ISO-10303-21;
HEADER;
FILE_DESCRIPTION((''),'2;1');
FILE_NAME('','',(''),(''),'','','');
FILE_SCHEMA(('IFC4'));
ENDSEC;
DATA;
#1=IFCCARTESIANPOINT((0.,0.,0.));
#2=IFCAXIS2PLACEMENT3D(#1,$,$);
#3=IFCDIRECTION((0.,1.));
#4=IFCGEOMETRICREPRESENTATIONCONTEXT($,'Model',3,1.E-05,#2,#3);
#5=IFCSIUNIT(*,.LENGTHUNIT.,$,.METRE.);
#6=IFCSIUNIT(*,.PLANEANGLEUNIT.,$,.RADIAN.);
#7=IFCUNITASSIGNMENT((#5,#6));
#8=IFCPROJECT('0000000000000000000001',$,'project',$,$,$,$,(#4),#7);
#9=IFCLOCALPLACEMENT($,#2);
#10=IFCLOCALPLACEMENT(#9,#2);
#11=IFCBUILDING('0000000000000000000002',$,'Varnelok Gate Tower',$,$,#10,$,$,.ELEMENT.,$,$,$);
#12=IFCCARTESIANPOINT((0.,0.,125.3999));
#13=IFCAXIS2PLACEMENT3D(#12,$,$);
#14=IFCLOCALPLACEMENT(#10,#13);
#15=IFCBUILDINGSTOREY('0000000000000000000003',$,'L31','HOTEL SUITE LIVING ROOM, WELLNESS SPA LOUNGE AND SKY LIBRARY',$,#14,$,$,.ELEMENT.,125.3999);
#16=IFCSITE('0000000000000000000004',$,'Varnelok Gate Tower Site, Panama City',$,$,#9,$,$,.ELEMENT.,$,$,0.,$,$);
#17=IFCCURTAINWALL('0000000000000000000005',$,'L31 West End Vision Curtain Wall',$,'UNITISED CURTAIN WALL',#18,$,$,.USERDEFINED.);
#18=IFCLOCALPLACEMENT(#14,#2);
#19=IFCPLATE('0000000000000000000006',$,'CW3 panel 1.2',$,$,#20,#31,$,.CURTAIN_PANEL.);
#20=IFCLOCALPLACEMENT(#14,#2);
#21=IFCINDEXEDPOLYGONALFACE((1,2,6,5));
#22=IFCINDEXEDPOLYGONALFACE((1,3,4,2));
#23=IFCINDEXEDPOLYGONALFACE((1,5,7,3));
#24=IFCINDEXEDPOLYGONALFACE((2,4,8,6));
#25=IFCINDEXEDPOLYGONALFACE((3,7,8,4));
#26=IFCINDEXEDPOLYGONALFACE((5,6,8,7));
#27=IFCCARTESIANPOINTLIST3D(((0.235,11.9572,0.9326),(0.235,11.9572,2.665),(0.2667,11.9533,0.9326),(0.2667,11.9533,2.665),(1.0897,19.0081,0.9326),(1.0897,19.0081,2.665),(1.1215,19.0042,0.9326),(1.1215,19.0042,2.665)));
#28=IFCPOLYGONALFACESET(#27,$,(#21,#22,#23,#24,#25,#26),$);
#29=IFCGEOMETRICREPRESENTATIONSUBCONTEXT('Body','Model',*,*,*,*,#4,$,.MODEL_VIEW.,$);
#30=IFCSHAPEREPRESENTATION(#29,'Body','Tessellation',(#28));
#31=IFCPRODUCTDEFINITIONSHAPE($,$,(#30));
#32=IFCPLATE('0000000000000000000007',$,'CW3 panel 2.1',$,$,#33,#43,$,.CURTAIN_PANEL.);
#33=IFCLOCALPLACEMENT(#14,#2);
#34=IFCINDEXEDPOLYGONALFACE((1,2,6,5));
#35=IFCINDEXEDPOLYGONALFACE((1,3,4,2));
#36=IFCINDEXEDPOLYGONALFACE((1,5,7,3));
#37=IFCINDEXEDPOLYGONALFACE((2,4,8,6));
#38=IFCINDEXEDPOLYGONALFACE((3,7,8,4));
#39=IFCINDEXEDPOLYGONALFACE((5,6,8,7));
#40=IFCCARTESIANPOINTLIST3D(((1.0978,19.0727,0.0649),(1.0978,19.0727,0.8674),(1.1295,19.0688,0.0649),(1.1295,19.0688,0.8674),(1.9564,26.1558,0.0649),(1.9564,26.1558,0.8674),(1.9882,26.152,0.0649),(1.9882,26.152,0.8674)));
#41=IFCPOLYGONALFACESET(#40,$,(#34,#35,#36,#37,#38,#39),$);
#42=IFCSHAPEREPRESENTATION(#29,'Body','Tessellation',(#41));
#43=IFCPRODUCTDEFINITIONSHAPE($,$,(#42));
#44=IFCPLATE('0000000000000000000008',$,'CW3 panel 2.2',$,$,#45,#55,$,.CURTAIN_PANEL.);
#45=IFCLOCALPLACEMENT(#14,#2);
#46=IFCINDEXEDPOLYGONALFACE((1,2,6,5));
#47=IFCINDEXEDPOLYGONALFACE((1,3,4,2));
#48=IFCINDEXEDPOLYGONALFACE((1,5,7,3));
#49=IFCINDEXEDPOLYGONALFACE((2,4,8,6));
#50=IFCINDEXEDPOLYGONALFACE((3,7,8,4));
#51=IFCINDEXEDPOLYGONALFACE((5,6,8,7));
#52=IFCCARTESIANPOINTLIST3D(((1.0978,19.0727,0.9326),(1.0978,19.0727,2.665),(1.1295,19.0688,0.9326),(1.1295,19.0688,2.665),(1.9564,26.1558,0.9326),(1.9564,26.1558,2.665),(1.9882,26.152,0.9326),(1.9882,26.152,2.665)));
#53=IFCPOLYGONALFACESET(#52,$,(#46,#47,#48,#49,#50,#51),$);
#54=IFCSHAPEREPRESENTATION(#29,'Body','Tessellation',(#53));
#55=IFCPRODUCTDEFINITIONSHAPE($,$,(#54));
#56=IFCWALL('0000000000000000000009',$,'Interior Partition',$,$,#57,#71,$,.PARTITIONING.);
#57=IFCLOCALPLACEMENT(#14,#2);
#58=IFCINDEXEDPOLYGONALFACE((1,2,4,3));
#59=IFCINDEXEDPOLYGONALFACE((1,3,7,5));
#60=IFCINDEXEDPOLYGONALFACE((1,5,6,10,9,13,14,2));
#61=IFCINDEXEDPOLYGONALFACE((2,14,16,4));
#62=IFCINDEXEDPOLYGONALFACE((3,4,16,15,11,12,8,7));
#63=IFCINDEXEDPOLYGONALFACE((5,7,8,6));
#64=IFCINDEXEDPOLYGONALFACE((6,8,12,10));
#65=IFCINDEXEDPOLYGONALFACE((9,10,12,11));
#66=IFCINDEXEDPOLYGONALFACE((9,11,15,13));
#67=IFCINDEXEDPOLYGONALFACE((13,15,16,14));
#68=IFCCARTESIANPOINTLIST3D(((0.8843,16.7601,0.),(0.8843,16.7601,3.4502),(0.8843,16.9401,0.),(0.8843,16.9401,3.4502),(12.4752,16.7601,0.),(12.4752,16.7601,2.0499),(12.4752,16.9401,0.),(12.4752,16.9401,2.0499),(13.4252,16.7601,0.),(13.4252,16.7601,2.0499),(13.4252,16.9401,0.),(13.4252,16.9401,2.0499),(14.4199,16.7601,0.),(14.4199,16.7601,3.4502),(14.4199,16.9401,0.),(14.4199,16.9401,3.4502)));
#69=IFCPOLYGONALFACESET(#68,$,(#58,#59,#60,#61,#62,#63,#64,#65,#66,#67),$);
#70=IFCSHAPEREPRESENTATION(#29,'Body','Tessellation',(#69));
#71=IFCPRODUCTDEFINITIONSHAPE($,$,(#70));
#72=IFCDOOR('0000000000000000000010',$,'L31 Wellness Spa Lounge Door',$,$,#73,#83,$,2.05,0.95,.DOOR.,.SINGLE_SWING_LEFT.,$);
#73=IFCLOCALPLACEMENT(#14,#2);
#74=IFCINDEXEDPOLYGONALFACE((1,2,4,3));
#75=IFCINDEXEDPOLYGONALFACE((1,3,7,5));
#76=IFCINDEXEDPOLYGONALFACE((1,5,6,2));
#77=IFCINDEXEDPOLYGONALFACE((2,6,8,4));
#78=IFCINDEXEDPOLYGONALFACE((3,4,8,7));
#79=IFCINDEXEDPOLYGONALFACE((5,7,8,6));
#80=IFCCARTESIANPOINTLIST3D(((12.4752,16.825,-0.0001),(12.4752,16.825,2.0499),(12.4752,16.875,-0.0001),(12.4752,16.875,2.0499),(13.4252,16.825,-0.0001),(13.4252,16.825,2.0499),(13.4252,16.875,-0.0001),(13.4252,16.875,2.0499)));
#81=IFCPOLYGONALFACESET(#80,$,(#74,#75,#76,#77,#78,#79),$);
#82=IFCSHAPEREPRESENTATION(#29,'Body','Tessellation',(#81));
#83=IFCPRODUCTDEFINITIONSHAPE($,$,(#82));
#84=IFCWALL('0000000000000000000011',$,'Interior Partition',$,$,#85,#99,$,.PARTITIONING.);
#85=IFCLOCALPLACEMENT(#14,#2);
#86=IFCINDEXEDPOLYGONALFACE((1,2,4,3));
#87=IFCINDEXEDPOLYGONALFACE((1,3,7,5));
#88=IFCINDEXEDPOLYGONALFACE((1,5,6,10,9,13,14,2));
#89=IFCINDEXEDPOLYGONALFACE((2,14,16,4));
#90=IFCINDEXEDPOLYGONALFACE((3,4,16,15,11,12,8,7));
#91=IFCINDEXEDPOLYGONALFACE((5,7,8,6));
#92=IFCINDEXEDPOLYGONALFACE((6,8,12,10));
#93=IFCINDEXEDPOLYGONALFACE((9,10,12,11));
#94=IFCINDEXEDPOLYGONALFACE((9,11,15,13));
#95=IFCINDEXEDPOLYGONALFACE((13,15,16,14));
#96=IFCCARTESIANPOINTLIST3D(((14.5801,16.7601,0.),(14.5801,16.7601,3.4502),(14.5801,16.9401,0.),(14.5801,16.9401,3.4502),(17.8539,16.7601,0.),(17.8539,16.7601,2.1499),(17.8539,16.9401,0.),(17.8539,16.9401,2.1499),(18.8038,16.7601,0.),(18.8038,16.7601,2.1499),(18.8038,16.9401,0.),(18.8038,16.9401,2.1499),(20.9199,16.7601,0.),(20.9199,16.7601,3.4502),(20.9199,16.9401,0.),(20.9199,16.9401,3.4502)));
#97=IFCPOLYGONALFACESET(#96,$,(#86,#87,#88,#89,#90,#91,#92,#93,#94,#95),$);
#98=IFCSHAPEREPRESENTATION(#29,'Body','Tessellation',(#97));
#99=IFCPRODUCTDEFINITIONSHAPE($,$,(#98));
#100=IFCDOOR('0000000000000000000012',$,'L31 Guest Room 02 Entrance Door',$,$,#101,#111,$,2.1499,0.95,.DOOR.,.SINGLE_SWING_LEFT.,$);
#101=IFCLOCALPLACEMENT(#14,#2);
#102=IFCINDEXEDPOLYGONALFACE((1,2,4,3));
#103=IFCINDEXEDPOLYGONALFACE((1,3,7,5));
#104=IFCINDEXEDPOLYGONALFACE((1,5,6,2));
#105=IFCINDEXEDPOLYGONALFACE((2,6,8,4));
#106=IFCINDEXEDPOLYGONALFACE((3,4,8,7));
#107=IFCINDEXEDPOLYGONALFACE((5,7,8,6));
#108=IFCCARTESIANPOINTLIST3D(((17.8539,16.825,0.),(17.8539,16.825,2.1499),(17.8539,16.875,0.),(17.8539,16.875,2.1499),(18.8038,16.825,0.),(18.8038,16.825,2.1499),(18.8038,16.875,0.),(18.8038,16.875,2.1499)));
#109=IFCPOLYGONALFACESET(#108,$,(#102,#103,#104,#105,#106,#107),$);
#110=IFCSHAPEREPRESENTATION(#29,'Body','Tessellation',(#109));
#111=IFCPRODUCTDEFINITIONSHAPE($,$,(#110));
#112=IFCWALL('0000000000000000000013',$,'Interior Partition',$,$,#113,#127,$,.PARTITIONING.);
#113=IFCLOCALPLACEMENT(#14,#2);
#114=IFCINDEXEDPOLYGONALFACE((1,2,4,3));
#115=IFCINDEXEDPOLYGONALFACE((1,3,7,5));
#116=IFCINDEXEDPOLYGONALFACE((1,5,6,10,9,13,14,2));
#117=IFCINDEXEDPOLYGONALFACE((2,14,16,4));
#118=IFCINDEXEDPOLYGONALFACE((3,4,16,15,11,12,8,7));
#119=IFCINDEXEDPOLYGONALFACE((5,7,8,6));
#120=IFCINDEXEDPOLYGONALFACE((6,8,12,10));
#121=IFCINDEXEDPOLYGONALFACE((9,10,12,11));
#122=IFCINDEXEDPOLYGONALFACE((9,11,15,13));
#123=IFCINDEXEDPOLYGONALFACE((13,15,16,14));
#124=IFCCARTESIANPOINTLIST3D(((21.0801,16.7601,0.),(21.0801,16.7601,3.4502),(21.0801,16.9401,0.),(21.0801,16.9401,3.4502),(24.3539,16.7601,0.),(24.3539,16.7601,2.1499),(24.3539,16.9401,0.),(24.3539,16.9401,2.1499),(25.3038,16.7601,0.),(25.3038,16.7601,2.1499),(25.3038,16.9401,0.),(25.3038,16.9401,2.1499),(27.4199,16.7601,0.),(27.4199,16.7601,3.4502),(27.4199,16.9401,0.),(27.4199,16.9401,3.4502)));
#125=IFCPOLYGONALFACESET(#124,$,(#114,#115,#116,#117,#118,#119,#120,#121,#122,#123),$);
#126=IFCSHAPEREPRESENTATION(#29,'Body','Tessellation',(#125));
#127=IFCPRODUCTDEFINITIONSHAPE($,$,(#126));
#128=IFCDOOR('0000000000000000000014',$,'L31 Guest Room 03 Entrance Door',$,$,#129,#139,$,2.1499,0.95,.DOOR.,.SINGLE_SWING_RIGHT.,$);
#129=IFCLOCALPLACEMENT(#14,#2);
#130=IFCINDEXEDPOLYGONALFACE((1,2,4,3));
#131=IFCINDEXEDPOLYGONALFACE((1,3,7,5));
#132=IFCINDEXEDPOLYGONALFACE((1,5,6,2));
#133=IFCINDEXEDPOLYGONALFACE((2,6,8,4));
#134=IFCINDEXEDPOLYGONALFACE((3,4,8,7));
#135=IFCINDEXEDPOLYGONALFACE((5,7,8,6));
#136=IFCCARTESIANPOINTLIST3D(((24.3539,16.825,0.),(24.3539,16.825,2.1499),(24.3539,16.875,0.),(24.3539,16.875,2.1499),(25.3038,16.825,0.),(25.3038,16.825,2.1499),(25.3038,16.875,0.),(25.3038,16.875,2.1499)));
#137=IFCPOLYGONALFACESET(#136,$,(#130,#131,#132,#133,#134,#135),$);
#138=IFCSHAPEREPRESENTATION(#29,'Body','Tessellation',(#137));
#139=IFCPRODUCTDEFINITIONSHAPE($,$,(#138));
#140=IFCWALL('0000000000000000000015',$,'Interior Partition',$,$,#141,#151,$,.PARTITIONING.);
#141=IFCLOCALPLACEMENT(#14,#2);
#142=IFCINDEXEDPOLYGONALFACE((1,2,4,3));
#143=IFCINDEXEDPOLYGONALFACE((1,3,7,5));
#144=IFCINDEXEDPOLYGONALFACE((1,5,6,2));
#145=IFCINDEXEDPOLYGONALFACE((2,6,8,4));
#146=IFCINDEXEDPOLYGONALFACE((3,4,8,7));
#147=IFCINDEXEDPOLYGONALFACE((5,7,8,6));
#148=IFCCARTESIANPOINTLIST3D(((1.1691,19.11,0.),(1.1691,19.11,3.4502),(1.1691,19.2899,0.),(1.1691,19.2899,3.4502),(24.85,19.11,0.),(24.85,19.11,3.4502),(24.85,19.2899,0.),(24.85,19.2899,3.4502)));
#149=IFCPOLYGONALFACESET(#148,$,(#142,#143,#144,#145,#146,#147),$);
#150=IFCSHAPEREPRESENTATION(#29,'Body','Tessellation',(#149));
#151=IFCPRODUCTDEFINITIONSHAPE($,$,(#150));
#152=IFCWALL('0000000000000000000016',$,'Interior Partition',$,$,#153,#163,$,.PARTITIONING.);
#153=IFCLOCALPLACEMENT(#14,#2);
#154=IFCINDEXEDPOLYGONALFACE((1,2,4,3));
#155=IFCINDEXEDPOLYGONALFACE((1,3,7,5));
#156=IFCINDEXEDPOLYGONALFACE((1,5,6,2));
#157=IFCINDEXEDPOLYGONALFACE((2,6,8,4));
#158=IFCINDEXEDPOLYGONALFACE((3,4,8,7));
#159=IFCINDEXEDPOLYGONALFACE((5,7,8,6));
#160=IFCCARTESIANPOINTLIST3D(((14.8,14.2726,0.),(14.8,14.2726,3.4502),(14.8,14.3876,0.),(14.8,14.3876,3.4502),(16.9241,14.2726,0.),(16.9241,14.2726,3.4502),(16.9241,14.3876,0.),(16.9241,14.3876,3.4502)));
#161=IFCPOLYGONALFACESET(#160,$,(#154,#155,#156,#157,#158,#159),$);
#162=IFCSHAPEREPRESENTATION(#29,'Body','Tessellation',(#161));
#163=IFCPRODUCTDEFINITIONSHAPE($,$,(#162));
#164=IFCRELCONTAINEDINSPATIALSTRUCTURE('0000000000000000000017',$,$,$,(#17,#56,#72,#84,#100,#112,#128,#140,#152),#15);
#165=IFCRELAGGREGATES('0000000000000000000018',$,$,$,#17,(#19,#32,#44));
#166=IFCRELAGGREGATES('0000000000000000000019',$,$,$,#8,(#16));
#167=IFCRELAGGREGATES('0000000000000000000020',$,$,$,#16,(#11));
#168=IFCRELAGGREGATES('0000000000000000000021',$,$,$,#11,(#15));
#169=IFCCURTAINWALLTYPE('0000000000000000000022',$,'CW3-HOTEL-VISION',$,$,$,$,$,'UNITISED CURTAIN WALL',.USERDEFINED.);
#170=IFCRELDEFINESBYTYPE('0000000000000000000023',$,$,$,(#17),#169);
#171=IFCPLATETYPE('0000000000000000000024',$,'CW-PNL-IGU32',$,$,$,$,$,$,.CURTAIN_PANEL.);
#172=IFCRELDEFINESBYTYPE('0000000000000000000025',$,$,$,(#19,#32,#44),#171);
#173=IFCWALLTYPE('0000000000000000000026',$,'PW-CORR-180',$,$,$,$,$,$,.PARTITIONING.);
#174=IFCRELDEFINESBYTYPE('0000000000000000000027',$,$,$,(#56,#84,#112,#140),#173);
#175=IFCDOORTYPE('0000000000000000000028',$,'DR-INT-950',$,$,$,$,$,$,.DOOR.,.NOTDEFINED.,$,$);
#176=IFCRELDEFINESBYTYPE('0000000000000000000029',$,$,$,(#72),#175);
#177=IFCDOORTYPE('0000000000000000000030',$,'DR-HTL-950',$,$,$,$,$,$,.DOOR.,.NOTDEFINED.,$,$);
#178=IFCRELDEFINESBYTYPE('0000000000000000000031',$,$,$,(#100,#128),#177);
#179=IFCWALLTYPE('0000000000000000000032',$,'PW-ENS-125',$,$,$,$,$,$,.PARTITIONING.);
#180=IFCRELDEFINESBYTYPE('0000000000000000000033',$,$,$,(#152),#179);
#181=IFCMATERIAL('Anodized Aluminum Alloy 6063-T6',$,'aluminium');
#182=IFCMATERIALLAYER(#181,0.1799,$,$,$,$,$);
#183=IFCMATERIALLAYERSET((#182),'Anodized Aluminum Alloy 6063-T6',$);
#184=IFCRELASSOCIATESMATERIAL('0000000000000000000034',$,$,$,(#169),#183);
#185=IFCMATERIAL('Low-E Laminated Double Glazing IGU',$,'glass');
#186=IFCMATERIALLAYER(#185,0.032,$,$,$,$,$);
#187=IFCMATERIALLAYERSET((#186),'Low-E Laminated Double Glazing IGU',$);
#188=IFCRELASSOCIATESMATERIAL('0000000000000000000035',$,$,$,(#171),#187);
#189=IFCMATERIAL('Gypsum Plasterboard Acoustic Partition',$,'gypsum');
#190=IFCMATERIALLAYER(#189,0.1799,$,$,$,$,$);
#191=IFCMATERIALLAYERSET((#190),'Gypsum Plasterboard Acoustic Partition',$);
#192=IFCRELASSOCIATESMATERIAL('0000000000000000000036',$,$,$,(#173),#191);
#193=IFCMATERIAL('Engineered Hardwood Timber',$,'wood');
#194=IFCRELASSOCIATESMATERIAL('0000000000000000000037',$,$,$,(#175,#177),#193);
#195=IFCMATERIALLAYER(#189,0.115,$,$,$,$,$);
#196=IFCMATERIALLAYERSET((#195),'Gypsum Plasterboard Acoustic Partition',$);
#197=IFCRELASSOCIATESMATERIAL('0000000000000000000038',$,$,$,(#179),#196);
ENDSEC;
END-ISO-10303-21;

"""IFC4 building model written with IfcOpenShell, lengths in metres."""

from ifc_helpers import new_model, si_unit, direction, frame, frame_2d, origin, origin_2d, place, context, subcontext, project, spatial, rectangle, extrude, source, transform, mapped, material, layer, layer_set, type_object, element, fill, aggregate, save


model = new_model("IFC4")

# Units and contexts
model_context = context("Model", 3, precision=1e-05, world=origin(), true_north=direction((0.0, 1.0)))
body_context = subcontext(model_context, "Body", "Model", "MODEL_VIEW")
ifc_project = project(units=[si_unit("LENGTHUNIT", "METRE"), si_unit("PLANEANGLEUNIT", "RADIAN")], contexts=[model_context])

# Site, building, storey
site_placement = place(None, origin())
site = spatial("IfcSite", under=ifc_project, at=site_placement, Name="Varnelok Gate Tower Site, Panama City", CompositionType="ELEMENT", RefElevation=0.0)
building_placement = place(site_placement, origin())
building = spatial("IfcBuilding", under=site, at=building_placement, Name="Varnelok Gate Tower", CompositionType="ELEMENT")
storey_placement = place(building_placement, frame((0.0, 0.0, 125.3999)))
storey = spatial("IfcBuildingStorey", under=building, at=storey_placement, Name="L31", Description="HOTEL SUITE LIVING ROOM, WELLNESS SPA LOUNGE AND SKY LIBRARY", CompositionType="ELEMENT", Elevation=125.3999)

# Curtain wall, plates
ifc_material_1 = material(Name="Anodized Aluminum Alloy 6063-T6", Category="aluminium")
ifc_layer_1 = layer(ifc_material_1, 0.1799)
ifc_layer_set_1 = layer_set([ifc_layer_1], Name="Anodized Aluminum Alloy 6063-T6")
curtain_wall_type = type_object("IfcCurtainWallType", Name="CW3-HOTEL-VISION", ElementType="UNITISED CURTAIN WALL", PredefinedType="USERDEFINED", material=ifc_layer_set_1)
curtain_wall_placement = place(storey_placement, origin())
curtain_wall = element("IfcCurtainWall", 1, at=curtain_wall_placement, inside=storey, type_object=curtain_wall_type, Name="L31 West End Vision Curtain Wall", ObjectType="UNITISED CURTAIN WALL", PredefinedType="USERDEFINED")
ifc_material_2 = material(Name="Low-E Laminated Double Glazing IGU", Category="glass")
ifc_layer_2 = layer(ifc_material_2, 0.032)
ifc_layer_set_2 = layer_set([ifc_layer_2], Name="Low-E Laminated Double Glazing IGU")
plate_type = type_object("IfcPlateType", Name="CW-PNL-IGU32", PredefinedType="CURTAIN_PANEL", material=ifc_layer_set_2)
shared_shape_1 = source(origin(), body_context, "Body", "SweptSolid", [
    extrude(rectangle(XDim=7.1025, YDim=0.032, at=origin_2d()), origin(), (0.0, 0.0, 1.0), 1.7324),
])
plate_1_placement = place(storey_placement, frame((0.6782, 15.4807, 0.9326), z_axis=(0.0, 0.0, 1.0), x_axis=(0.120347, 0.992732, 0.0)))
plate_1 = element("IfcPlate", 2, at=plate_1_placement, type_object=plate_type, Name="CW3 panel 1.2", PredefinedType="CURTAIN_PANEL", context=body_context, shape_type="MappedRepresentation", body=[
    mapped(shared_shape_1, transform((0.0, 0.0, 0.0), scale=1.0)),
])
shared_shape_2 = source(origin(), body_context, "Body", "SweptSolid", [
    extrude(rectangle(XDim=7.135, YDim=0.032, at=origin_2d()), origin(), (0.0, 0.0, 1.0), 0.8025),
])
plate_2_placement = place(storey_placement, frame((1.543, 22.6123, 0.0649), z_axis=(0.0, 0.0, 1.0), x_axis=(0.120347, 0.992732, 0.0)))
plate_2 = element("IfcPlate", 3, at=plate_2_placement, type_object=plate_type, Name="CW3 panel 2.1", PredefinedType="CURTAIN_PANEL", context=body_context, shape_type="MappedRepresentation", body=[
    mapped(shared_shape_2, transform((0.0, 0.0, 0.0), scale=1.0)),
])
shared_shape_3 = source(origin(), body_context, "Body", "SweptSolid", [
    extrude(rectangle(XDim=7.135, YDim=0.032, at=origin_2d()), origin(), (0.0, 0.0, 1.0), 1.7324),
])
plate_3_placement = place(storey_placement, frame((1.543, 22.6123, 0.9326), z_axis=(0.0, 0.0, 1.0), x_axis=(0.120347, 0.992732, 0.0)))
plate_3 = element("IfcPlate", 4, at=plate_3_placement, type_object=plate_type, Name="CW3 panel 2.2", PredefinedType="CURTAIN_PANEL", context=body_context, shape_type="MappedRepresentation", body=[
    mapped(shared_shape_3, transform((0.0, 0.0, 0.0), scale=1.0)),
])
aggregate(curtain_wall, [plate_1, plate_2, plate_3])

# Walls, openings, doors
ifc_material_3 = material(Name="Gypsum Plasterboard Acoustic Partition", Category="gypsum")
ifc_layer_3 = layer(ifc_material_3, 0.1799)
ifc_layer_set_3 = layer_set([ifc_layer_3], Name="Gypsum Plasterboard Acoustic Partition")
wall_type_1 = type_object("IfcWallType", Name="PW-CORR-180", PredefinedType="PARTITIONING", material=ifc_layer_set_3)
wall_1_placement = place(storey_placement, frame((0.8843, 16.8501, 0.0), z_axis=(0.0, 0.0, 1.0), x_axis=(1.0, 0.0, 0.0)))
wall_1 = element("IfcWall", 5, at=wall_1_placement, inside=storey, type_object=wall_type_1, Name="Interior Partition", PredefinedType="PARTITIONING", context=body_context, shape_type="SweptSolid", body=[
    extrude(rectangle(XDim=13.5356, YDim=0.1799, at=frame_2d((6.7678, 0.0))), origin(), (0.0, 0.0, 1.0), 3.4502),
])
opening_1_placement = place(wall_1_placement, frame((11.5908, 0.0, 0.0)))
opening_1 = element("IfcOpeningElement", 6, at=opening_1_placement, cuts=wall_1, PredefinedType="OPENING", context=body_context, shape_type="SweptSolid", body=[
    extrude(rectangle(XDim=0.95, YDim=2.05, at=frame_2d((0.4751, 1.0249))), frame((0.0, 0.0999, 0.0), z_axis=(0.0, -1.0, 0.0), x_axis=(1.0, 0.0, 0.0)), (0.0, 0.0, 1.0), 0.2),
])
ifc_material_4 = material(Name="Engineered Hardwood Timber", Category="wood")
door_type_1 = type_object("IfcDoorType", Name="DR-INT-950", OperationType="NOTDEFINED", PredefinedType="DOOR", material=ifc_material_4)
door_1_placement = place(opening_1_placement, origin())
door_1 = element("IfcDoor", 7, at=door_1_placement, inside=storey, type_object=door_type_1, Name="L31 Wellness Spa Lounge Door", OperationType="SINGLE_SWING_LEFT", OverallHeight=2.05, OverallWidth=0.95, PredefinedType="DOOR", context=body_context, shape_type="SweptSolid", body=[
    extrude(rectangle(XDim=0.95, YDim=2.05, at=frame_2d((0.4751, 1.0249))), frame((0.0, 0.0249, 0.0), z_axis=(0.0, -1.0, 0.0), x_axis=(1.0, 0.0, 0.0)), (0.0, 0.0, 1.0), 0.05),
])
fill(opening_1, door_1)
wall_2_placement = place(storey_placement, frame((14.5801, 16.8501, 0.0), z_axis=(0.0, 0.0, 1.0), x_axis=(1.0, 0.0, 0.0)))
wall_2 = element("IfcWall", 8, at=wall_2_placement, inside=storey, type_object=wall_type_1, Name="Interior Partition", PredefinedType="PARTITIONING", context=body_context, shape_type="SweptSolid", body=[
    extrude(rectangle(XDim=6.3398, YDim=0.1799, at=frame_2d((3.1699, 0.0))), origin(), (0.0, 0.0, 1.0), 3.4502),
])
opening_2_placement = place(wall_2_placement, frame((3.2737, 0.0, 0.0)))
opening_2 = element("IfcOpeningElement", 9, at=opening_2_placement, cuts=wall_2, PredefinedType="OPENING", context=body_context, shape_type="SweptSolid", body=[
    extrude(rectangle(XDim=0.95, YDim=2.1499, at=frame_2d((0.4751, 1.075))), frame((0.0, 0.0999, 0.0), z_axis=(0.0, -1.0, 0.0), x_axis=(1.0, 0.0, 0.0)), (0.0, 0.0, 1.0), 0.2),
])
door_type_2 = type_object("IfcDoorType", Name="DR-HTL-950", OperationType="NOTDEFINED", PredefinedType="DOOR", material=ifc_material_4)
door_2_placement = place(opening_2_placement, origin())
door_2 = element("IfcDoor", 10, at=door_2_placement, inside=storey, type_object=door_type_2, Name="L31 Guest Room 02 Entrance Door", OperationType="SINGLE_SWING_LEFT", OverallHeight=2.1499, OverallWidth=0.95, PredefinedType="DOOR", context=body_context, shape_type="SweptSolid", body=[
    extrude(rectangle(XDim=0.95, YDim=2.1499, at=frame_2d((0.4751, 1.075))), frame((0.0, 0.0249, 0.0), z_axis=(0.0, -1.0, 0.0), x_axis=(1.0, 0.0, 0.0)), (0.0, 0.0, 1.0), 0.05),
])
fill(opening_2, door_2)
wall_3_placement = place(storey_placement, frame((21.0801, 16.8501, 0.0), z_axis=(0.0, 0.0, 1.0), x_axis=(1.0, 0.0, 0.0)))
wall_3 = element("IfcWall", 11, at=wall_3_placement, inside=storey, type_object=wall_type_1, Name="Interior Partition", PredefinedType="PARTITIONING", context=body_context, shape_type="SweptSolid", body=[
    extrude(rectangle(XDim=6.3398, YDim=0.1799, at=frame_2d((3.1699, 0.0))), origin(), (0.0, 0.0, 1.0), 3.4502),
])
opening_3_placement = place(wall_3_placement, frame((3.2737, 0.0, 0.0)))
opening_3 = element("IfcOpeningElement", 12, at=opening_3_placement, cuts=wall_3, PredefinedType="OPENING", context=body_context, shape_type="SweptSolid", body=[
    extrude(rectangle(XDim=0.95, YDim=2.1499, at=frame_2d((0.4751, 1.075))), frame((0.0, 0.0999, 0.0), z_axis=(0.0, -1.0, 0.0), x_axis=(1.0, 0.0, 0.0)), (0.0, 0.0, 1.0), 0.2),
])
door_3_placement = place(opening_3_placement, origin())
door_3 = element("IfcDoor", 13, at=door_3_placement, inside=storey, type_object=door_type_2, Name="L31 Guest Room 03 Entrance Door", OperationType="SINGLE_SWING_RIGHT", OverallHeight=2.1499, OverallWidth=0.95, PredefinedType="DOOR", context=body_context, shape_type="SweptSolid", body=[
    extrude(rectangle(XDim=0.95, YDim=2.1499, at=frame_2d((0.4751, 1.075))), frame((0.0, 0.0249, 0.0), z_axis=(0.0, -1.0, 0.0), x_axis=(1.0, 0.0, 0.0)), (0.0, 0.0, 1.0), 0.05),
])
fill(opening_3, door_3)

# Walls
wall_4_placement = place(storey_placement, frame((1.1692, 19.2, 0.0), z_axis=(0.0, 0.0, 1.0), x_axis=(1.0, 0.0, 0.0)))
element("IfcWall", 14, at=wall_4_placement, inside=storey, type_object=wall_type_1, Name="Interior Partition", PredefinedType="PARTITIONING", context=body_context, shape_type="SweptSolid", body=[
    extrude(rectangle(XDim=23.6809, YDim=0.1799, at=frame_2d((11.8403, 0.0))), origin(), (0.0, 0.0, 1.0), 3.4502),
])
ifc_layer_4 = layer(ifc_material_3, 0.115)
ifc_layer_set_4 = layer_set([ifc_layer_4], Name="Gypsum Plasterboard Acoustic Partition")
wall_type_2 = type_object("IfcWallType", Name="PW-ENS-125", PredefinedType="PARTITIONING", material=ifc_layer_set_4)
wall_5_placement = place(storey_placement, frame((14.8, 14.3301, 0.0), z_axis=(0.0, 0.0, 1.0), x_axis=(1.0, 0.0, 0.0)))
element("IfcWall", 15, at=wall_5_placement, inside=storey, type_object=wall_type_2, Name="Interior Partition", PredefinedType="PARTITIONING", context=body_context, shape_type="SweptSolid", body=[
    extrude(rectangle(XDim=2.124, YDim=0.115, at=frame_2d((1.062, 0.0))), origin(), (0.0, 0.0, 1.0), 3.4502),
])

save(model, "model.ifc")
